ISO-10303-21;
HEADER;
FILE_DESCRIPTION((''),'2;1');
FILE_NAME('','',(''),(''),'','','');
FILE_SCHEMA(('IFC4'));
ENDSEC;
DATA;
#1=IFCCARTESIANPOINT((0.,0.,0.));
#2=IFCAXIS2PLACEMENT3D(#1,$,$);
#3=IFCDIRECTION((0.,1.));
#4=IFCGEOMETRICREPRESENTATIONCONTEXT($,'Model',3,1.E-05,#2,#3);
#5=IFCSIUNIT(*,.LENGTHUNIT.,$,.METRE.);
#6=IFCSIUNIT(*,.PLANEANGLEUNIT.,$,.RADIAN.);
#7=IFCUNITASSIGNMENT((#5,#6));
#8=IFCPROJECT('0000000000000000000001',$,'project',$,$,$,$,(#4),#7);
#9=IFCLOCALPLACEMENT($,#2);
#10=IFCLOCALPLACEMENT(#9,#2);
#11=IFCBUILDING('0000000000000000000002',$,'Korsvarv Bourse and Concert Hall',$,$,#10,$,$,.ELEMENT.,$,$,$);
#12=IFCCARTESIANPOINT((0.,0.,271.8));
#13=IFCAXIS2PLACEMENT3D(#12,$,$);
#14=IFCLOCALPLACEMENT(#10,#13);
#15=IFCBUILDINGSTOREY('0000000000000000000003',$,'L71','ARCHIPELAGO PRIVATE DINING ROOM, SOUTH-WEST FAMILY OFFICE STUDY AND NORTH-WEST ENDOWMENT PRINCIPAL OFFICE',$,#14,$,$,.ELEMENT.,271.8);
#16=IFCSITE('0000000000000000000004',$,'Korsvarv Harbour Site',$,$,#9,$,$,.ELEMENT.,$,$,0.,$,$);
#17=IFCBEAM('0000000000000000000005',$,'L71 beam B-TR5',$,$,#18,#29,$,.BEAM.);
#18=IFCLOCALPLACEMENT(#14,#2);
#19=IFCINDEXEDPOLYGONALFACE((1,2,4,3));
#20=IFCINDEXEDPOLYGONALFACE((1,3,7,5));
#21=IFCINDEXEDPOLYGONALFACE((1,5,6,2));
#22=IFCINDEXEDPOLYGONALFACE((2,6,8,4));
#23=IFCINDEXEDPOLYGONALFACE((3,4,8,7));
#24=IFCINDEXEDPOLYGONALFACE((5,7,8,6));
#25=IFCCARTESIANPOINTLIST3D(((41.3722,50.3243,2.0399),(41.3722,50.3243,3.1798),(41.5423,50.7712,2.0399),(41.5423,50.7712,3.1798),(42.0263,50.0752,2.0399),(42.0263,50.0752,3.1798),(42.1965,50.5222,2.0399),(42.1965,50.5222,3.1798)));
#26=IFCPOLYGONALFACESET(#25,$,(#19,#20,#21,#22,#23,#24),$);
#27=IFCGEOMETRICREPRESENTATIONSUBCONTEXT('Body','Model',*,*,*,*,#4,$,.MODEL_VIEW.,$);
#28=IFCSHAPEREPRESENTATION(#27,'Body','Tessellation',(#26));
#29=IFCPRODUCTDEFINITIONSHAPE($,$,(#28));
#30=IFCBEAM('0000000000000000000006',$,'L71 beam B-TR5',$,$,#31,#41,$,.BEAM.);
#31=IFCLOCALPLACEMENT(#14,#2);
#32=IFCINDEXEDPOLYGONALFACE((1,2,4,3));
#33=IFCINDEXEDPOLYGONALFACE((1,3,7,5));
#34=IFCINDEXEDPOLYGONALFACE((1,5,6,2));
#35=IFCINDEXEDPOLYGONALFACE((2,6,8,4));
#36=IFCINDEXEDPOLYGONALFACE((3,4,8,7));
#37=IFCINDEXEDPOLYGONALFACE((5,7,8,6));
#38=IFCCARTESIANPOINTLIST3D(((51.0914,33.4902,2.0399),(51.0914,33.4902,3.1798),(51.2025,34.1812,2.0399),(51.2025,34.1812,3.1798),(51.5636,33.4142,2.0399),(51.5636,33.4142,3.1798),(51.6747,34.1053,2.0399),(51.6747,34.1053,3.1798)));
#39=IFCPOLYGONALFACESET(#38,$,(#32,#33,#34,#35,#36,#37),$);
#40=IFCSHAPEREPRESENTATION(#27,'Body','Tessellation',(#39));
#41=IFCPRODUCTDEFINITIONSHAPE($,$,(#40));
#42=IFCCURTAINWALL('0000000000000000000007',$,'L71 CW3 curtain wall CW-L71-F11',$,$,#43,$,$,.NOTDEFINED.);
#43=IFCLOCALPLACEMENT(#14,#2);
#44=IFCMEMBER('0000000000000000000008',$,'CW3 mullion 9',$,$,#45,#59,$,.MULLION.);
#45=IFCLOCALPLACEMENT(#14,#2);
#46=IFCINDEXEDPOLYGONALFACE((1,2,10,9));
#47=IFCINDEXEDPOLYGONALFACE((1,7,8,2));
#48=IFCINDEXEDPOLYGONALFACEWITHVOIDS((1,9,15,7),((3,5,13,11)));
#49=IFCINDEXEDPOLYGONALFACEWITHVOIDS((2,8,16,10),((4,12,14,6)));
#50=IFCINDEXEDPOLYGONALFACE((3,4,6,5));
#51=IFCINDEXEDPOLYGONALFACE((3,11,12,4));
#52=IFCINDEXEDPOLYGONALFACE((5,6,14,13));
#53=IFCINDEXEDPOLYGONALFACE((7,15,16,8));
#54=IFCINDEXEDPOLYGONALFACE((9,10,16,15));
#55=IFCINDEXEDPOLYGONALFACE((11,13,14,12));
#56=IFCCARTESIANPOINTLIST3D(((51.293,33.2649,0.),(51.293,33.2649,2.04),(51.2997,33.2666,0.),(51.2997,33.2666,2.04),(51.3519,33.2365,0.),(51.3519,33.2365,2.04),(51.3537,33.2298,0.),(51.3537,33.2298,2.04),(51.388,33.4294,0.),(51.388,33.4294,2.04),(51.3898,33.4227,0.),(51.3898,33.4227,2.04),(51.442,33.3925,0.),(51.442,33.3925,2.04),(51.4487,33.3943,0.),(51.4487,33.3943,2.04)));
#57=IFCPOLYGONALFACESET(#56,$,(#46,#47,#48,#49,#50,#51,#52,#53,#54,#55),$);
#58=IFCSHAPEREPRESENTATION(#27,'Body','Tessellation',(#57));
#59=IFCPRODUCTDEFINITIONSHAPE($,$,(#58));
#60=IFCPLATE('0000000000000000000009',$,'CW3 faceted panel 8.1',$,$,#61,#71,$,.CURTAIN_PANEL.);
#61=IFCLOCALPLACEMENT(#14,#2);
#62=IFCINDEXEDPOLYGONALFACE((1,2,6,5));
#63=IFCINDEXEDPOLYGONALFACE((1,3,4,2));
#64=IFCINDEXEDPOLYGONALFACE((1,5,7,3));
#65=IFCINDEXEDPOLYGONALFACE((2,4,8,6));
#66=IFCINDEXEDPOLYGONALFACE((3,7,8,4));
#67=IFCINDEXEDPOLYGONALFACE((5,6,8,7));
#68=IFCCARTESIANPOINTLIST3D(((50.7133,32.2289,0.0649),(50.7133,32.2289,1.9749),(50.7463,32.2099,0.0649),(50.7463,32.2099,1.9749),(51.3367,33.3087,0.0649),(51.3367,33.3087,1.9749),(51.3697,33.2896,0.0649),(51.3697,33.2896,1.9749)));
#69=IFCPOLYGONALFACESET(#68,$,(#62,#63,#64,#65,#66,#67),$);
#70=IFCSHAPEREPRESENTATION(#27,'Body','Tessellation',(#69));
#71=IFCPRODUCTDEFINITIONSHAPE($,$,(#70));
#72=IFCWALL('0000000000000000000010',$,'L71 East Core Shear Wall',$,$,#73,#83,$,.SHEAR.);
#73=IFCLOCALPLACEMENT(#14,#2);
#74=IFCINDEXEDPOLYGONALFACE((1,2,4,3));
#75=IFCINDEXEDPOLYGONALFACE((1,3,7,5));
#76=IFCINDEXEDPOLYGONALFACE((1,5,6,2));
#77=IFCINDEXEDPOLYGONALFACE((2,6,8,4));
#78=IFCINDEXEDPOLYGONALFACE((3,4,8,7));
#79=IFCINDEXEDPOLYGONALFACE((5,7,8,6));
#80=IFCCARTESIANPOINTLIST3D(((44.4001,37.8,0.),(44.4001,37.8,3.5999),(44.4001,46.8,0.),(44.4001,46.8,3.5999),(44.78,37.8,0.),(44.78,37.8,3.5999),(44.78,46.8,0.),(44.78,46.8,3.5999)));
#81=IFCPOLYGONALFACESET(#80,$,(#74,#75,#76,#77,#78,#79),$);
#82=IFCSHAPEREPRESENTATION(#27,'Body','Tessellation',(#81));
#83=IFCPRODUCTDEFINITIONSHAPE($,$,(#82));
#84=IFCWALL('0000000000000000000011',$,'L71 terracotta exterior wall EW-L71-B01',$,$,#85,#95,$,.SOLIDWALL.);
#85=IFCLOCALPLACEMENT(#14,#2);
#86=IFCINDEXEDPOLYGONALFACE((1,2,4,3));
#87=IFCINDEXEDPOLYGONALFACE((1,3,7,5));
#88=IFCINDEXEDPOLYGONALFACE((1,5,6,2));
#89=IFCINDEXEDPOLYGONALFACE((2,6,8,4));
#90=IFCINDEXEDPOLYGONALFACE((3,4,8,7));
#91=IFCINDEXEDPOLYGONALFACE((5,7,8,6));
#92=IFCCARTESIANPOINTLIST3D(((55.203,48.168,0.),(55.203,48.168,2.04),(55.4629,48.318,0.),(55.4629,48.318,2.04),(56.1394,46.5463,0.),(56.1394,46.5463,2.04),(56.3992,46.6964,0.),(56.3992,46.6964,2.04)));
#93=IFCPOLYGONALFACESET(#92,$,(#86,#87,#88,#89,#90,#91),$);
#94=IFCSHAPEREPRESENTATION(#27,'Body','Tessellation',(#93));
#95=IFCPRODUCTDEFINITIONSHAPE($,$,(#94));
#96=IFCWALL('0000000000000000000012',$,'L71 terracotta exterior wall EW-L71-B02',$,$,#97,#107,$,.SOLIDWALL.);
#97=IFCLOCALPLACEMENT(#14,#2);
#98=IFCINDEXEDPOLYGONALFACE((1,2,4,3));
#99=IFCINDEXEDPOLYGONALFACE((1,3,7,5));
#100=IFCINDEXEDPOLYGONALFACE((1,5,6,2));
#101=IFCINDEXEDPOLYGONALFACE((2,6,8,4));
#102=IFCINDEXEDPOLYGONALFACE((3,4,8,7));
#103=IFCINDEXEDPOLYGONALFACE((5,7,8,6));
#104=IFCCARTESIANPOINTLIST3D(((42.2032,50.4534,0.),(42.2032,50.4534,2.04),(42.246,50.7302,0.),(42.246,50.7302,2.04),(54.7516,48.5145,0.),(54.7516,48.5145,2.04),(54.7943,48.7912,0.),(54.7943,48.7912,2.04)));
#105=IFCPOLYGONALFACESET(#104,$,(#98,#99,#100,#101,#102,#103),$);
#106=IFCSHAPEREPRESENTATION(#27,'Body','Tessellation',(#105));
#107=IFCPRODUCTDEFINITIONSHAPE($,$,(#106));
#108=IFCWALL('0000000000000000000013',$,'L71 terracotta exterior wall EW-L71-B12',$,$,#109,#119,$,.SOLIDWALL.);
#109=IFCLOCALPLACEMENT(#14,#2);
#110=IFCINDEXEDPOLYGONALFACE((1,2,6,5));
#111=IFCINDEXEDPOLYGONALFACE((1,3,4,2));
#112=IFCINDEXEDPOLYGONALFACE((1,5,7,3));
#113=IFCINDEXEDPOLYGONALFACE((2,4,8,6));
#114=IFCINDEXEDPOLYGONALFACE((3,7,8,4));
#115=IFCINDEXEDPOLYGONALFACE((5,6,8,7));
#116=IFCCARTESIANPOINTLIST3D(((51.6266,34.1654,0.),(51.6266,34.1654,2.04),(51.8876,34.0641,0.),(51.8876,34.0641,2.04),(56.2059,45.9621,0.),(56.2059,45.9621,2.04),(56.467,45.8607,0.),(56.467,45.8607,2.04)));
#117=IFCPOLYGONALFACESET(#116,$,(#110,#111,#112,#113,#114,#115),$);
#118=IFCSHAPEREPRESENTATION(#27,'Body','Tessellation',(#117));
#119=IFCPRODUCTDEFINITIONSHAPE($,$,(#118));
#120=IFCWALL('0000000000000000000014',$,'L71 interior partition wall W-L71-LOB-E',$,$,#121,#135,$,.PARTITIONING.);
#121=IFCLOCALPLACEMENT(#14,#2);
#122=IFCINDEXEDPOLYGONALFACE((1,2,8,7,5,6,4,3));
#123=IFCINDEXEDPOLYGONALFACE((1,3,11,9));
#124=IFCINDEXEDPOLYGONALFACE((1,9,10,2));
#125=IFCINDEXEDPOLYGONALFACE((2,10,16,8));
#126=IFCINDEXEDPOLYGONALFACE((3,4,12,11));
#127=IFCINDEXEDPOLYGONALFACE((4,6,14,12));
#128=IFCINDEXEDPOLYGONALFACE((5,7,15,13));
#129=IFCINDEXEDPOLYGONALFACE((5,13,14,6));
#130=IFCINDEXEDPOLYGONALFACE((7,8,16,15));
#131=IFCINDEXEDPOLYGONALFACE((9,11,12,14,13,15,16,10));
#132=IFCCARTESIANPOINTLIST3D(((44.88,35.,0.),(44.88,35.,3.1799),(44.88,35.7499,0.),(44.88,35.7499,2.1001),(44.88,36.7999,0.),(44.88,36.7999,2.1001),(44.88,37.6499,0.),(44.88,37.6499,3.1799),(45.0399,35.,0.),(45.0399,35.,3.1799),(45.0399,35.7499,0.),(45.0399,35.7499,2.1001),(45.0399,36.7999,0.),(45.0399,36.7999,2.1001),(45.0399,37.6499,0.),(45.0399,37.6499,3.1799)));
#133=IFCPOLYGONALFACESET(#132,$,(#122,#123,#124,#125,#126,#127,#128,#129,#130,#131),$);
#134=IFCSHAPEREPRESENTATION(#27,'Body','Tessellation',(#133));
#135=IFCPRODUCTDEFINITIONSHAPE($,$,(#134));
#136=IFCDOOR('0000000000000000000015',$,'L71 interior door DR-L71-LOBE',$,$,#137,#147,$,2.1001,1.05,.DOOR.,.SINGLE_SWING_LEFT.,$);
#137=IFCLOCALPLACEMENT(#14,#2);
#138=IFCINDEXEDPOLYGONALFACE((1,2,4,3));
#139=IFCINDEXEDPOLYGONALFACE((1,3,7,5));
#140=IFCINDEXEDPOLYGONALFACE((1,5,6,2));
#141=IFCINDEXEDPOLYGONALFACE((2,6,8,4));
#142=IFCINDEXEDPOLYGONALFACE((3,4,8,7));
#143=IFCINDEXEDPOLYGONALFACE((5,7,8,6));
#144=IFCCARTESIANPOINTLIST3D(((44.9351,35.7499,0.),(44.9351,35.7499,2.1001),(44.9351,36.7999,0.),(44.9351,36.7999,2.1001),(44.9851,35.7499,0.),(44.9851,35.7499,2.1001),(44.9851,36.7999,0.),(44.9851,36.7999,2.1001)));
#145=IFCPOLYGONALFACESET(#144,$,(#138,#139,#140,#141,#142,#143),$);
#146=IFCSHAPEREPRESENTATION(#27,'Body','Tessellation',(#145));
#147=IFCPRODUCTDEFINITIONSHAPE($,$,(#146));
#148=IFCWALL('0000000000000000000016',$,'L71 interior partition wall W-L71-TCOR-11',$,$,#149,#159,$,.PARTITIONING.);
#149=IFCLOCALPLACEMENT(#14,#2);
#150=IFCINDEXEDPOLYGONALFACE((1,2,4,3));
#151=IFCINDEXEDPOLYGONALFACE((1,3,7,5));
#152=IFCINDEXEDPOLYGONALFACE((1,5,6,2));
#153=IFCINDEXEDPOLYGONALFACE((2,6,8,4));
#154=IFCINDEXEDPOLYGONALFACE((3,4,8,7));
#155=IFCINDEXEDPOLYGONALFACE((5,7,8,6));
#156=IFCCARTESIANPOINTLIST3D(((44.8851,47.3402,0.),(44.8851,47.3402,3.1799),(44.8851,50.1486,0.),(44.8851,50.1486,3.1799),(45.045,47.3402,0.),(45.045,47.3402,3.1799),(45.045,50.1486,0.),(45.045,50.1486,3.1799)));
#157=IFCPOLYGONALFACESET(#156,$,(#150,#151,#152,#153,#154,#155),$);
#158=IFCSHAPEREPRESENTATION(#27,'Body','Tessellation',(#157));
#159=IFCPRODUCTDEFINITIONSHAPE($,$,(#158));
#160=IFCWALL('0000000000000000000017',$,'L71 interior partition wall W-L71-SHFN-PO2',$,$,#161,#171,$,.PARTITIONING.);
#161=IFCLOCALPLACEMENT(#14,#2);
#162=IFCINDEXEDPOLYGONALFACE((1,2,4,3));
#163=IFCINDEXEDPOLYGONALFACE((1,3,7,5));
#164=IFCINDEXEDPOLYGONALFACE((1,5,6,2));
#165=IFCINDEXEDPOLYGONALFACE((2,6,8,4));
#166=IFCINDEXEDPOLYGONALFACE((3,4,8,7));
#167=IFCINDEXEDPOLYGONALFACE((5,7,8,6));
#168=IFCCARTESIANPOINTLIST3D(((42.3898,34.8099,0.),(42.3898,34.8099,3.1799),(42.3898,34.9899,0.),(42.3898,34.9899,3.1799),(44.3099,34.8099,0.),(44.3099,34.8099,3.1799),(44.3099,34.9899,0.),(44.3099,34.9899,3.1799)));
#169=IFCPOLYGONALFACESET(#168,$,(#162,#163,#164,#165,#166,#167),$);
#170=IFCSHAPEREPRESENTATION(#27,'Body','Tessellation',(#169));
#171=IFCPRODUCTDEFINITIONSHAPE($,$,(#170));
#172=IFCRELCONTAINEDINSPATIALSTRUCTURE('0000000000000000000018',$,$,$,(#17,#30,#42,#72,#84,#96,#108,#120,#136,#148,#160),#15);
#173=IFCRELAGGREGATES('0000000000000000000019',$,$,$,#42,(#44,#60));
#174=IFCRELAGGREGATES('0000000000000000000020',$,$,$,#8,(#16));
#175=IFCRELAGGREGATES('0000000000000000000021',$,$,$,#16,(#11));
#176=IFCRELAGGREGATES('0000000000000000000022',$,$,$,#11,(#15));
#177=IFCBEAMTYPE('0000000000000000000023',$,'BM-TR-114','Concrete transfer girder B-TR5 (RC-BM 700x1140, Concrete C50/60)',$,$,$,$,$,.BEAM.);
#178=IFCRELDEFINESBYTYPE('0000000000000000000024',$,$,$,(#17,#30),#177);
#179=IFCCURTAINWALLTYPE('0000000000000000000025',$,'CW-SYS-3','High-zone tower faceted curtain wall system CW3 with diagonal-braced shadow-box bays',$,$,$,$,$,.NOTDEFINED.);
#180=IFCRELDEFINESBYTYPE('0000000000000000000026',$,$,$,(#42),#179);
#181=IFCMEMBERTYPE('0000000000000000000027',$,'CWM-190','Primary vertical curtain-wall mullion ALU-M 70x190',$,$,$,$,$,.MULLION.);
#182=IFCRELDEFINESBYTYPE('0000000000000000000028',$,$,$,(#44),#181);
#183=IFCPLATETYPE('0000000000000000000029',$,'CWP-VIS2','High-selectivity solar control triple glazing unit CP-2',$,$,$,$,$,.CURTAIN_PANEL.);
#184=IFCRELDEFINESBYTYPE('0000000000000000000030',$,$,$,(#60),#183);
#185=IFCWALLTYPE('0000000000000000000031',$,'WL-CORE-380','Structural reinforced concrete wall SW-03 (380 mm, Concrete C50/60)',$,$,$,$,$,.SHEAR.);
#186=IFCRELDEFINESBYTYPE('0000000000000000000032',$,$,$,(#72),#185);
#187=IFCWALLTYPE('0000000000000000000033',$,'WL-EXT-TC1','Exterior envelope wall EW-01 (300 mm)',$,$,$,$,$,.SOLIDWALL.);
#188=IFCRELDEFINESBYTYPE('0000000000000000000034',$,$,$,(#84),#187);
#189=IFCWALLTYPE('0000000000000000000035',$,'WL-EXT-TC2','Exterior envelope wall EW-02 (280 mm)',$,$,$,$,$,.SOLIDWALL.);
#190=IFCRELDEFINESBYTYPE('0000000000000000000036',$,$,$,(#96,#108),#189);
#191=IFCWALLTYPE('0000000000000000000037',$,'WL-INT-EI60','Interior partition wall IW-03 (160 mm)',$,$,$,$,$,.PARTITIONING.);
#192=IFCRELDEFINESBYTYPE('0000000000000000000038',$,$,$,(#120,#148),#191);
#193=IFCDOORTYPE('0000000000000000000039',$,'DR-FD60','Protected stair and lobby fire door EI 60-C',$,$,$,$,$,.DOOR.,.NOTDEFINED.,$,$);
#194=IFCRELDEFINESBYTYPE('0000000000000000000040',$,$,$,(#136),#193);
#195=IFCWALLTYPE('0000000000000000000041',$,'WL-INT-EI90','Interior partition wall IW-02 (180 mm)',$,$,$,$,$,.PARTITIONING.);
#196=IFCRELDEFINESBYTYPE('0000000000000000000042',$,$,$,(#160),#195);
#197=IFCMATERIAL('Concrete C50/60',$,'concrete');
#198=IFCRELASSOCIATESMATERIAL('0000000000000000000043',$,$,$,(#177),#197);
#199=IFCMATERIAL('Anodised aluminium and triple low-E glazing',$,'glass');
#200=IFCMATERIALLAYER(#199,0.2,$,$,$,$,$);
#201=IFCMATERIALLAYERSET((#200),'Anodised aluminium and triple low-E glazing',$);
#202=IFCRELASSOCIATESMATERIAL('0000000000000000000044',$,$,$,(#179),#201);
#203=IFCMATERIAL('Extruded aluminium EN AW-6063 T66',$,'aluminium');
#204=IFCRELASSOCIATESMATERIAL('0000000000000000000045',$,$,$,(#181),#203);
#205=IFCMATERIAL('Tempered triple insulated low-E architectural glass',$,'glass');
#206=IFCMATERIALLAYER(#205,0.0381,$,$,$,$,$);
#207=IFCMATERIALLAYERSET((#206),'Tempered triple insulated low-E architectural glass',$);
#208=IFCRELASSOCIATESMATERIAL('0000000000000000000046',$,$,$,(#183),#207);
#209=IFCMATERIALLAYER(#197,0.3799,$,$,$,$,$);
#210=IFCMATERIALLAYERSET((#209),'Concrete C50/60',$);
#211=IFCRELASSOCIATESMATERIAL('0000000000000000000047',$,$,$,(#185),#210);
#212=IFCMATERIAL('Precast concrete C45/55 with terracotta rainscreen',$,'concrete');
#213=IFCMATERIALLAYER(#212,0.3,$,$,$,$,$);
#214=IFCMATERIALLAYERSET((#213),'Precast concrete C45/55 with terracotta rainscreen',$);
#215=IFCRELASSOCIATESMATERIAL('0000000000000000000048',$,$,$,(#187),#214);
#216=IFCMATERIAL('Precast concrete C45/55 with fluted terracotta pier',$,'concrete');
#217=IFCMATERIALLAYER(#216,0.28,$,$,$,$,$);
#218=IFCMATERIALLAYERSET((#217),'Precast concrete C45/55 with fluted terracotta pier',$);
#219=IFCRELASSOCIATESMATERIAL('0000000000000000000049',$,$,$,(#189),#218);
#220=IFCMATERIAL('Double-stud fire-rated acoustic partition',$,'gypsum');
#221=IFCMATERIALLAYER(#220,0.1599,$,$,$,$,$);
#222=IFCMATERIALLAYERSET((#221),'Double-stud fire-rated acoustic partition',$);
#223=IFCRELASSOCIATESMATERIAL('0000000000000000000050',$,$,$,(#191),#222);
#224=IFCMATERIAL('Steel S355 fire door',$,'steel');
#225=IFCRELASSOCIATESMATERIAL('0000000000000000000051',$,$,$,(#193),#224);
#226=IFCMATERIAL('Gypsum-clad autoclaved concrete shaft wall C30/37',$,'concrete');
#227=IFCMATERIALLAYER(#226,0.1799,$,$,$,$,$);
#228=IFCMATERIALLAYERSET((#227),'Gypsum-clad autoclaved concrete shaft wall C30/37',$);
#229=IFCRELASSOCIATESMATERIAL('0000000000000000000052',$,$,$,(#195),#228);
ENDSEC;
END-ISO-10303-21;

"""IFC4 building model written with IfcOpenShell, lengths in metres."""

from ifc_helpers import new_model, si_unit, direction, frame, frame_2d, origin, origin_2d, place, context, subcontext, project, spatial, rectangle, hollow_rectangle, extrude, source, transform, mapped, material, layer, layer_set, material_profile, profile_set, type_object, element, fill, aggregate, save


model = new_model("IFC4")

# Units and contexts
model_context = context("Model", 3, precision=1e-05, world=origin(), true_north=direction((0.0, 1.0)))
body_context = subcontext(model_context, "Body", "Model", "MODEL_VIEW")
ifc_project = project(units=[si_unit("LENGTHUNIT", "METRE"), si_unit("PLANEANGLEUNIT", "RADIAN")], contexts=[model_context])

# Site, building, storey
site_placement = place(None, origin())
site = spatial("IfcSite", under=ifc_project, at=site_placement, Name="Korsvarv Harbour Site", CompositionType="ELEMENT", RefElevation=0.0)
building_placement = place(site_placement, origin())
building = spatial("IfcBuilding", under=site, at=building_placement, Name="Korsvarv Bourse and Concert Hall", CompositionType="ELEMENT")
storey_placement = place(building_placement, frame((0.0, 0.0, 271.8)))
storey = spatial("IfcBuildingStorey", under=building, at=storey_placement, Name="L71", Description="ARCHIPELAGO PRIVATE DINING ROOM, SOUTH-WEST FAMILY OFFICE STUDY AND NORTH-WEST ENDOWMENT PRINCIPAL OFFICE", CompositionType="ELEMENT", Elevation=271.8)

# Shared definitions
ifc_material_1 = material(Name="Concrete C50/60", Category="concrete")

# Beams
ifc_material_profile_1 = material_profile(ifc_material_1, rectangle(XDim=0.7, YDim=1.1399, at=origin_2d()), Name="RC-BM 700x1140")
ifc_profile_set_1 = profile_set([ifc_material_profile_1], Name="Concrete C50/60")
beam_type = type_object("IfcBeamType", Name="BM-TR-114", Description="Concrete transfer girder B-TR5 (RC-BM 700x1140, Concrete C50/60)", PredefinedType="BEAM", material=ifc_profile_set_1)
shared_shape_1 = source(origin(), body_context, "Body", "SweptSolid", [
    extrude(rectangle(XDim=0.7, YDim=1.1399, at=origin_2d()), origin(), (0.0, 0.0, 1.0), 0.4783),
])
for number, where, z_axis, x_axis, name in (
    (1, (41.8694, 50.6467, 2.6099), (-0.355762, -0.934577, 0.0), (0.934577, -0.355762, 0.0), "L71 beam B-TR5"),
    (2, (51.6191, 33.7598, 2.6099), (-0.987316, 0.158767, 0.0), (-0.158767, -0.987316, 0.0), "L71 beam B-TR5"),
):
    element("IfcBeam", number, at=place(storey_placement, frame(where, z_axis=z_axis, x_axis=x_axis)), inside=storey, type_object=beam_type, Name=name, PredefinedType="BEAM", context=body_context, shape_type="MappedRepresentation", body=[
        mapped(shared_shape_1, transform((0.0, 0.0, 0.0), scale=1.0)),
    ])

# Curtain wall, member, plate
ifc_material_2 = material(Name="Anodised aluminium and triple low-E glazing", Category="glass")
ifc_layer_1 = layer(ifc_material_2, 0.2)
ifc_layer_set_1 = layer_set([ifc_layer_1], Name="Anodised aluminium and triple low-E glazing")
curtain_wall_type = type_object("IfcCurtainWallType", Name="CW-SYS-3", Description="High-zone tower faceted curtain wall system CW3 with diagonal-braced shadow-box bays", PredefinedType="NOTDEFINED", material=ifc_layer_set_1)
curtain_wall_placement = place(storey_placement, origin())
curtain_wall = element("IfcCurtainWall", 3, at=curtain_wall_placement, inside=storey, type_object=curtain_wall_type, Name="L71 CW3 curtain wall CW-L71-F11", PredefinedType="NOTDEFINED")
ifc_material_3 = material(Name="Extruded aluminium EN AW-6063 T66", Category="aluminium")
ifc_material_profile_2 = material_profile(ifc_material_3, hollow_rectangle(XDim=0.0701, YDim=0.1899, WallThickness=0.0049, at=origin_2d()), Name="ALU-M 70x190")
ifc_profile_set_2 = profile_set([ifc_material_profile_2], Name="Extruded aluminium EN AW-6063 T66")
member_type = type_object("IfcMemberType", Name="CWM-190", Description="Primary vertical curtain-wall mullion ALU-M 70x190", PredefinedType="MULLION", material=ifc_profile_set_2)
shared_shape_2 = source(origin(), body_context, "Body", "SweptSolid", [
    extrude(hollow_rectangle(XDim=0.0701, YDim=0.1899, WallThickness=0.0049, at=origin_2d()), origin(), (0.0, 0.0, 1.0), 2.04),
])
member_placement = place(storey_placement, frame((51.3708, 33.3296, 0.0), z_axis=(0.0, 0.0, 1.0), x_axis=(-0.866023, 0.500004, 0.0)))
member = element("IfcMember", 4, at=member_placement, type_object=member_type, Name="CW3 mullion 9", PredefinedType="MULLION", context=body_context, shape_type="MappedRepresentation", body=[
    mapped(shared_shape_2, transform((0.0, 0.0, 0.0), scale=1.0)),
])
ifc_material_4 = material(Name="Tempered triple insulated low-E architectural glass", Category="glass")
ifc_layer_2 = layer(ifc_material_4, 0.0381)
ifc_layer_set_2 = layer_set([ifc_layer_2], Name="Tempered triple insulated low-E architectural glass")
plate_type = type_object("IfcPlateType", Name="CWP-VIS2", Description="High-selectivity solar control triple glazing unit CP-2", PredefinedType="CURTAIN_PANEL", material=ifc_layer_set_2)
shared_shape_3 = source(origin(), body_context, "Body", "SweptSolid", [
    extrude(rectangle(XDim=1.2468, YDim=0.0381, at=origin_2d()), origin(), (0.0, 0.0, 1.0), 1.9099),
])
plate_placement = place(storey_placement, frame((51.0415, 32.7593, 0.0649), z_axis=(0.0, 0.0, 1.0), x_axis=(0.500004, 0.866023, 0.0)))
plate = element("IfcPlate", 5, at=plate_placement, type_object=plate_type, Name="CW3 faceted panel 8.1", PredefinedType="CURTAIN_PANEL", context=body_context, shape_type="MappedRepresentation", body=[
    mapped(shared_shape_3, transform((0.0, 0.0, 0.0), scale=1.0)),
])
aggregate(curtain_wall, [member, plate])

# Walls
ifc_layer_3 = layer(ifc_material_1, 0.3799)
ifc_layer_set_3 = layer_set([ifc_layer_3], Name="Concrete C50/60")
wall_type_1 = type_object("IfcWallType", Name="WL-CORE-380", Description="Structural reinforced concrete wall SW-03 (380 mm, Concrete C50/60)", PredefinedType="SHEAR", material=ifc_layer_set_3)
wall_1_placement = place(storey_placement, frame((44.5901, 37.8, 0.0), z_axis=(0.0, 0.0, 1.0), x_axis=(0.0, 1.0, 0.0)))
element("IfcWall", 6, at=wall_1_placement, inside=storey, type_object=wall_type_1, Name="L71 East Core Shear Wall", PredefinedType="SHEAR", context=body_context, shape_type="SweptSolid", body=[
    extrude(rectangle(XDim=9.0, YDim=0.3799, at=frame_2d((4.5, 0.0))), origin(), (0.0, 0.0, 1.0), 3.5999),
])
ifc_material_5 = material(Name="Precast concrete C45/55 with terracotta rainscreen", Category="concrete")
ifc_layer_4 = layer(ifc_material_5, 0.3)
ifc_layer_set_4 = layer_set([ifc_layer_4], Name="Precast concrete C45/55 with terracotta rainscreen")
wall_type_2 = type_object("IfcWallType", Name="WL-EXT-TC1", Description="Exterior envelope wall EW-01 (300 mm)", PredefinedType="SOLIDWALL", material=ifc_layer_set_4)
wall_2_placement = place(storey_placement, frame((56.2693, 46.6213, 0.0), z_axis=(0.0, 0.0, 1.0), x_axis=(-0.500023, 0.866012, 0.0)))
element("IfcWall", 7, at=wall_2_placement, inside=storey, type_object=wall_type_2, Name="L71 terracotta exterior wall EW-L71-B01", PredefinedType="SOLIDWALL", context=body_context, shape_type="SweptSolid", body=[
    extrude(rectangle(XDim=1.8726, YDim=0.3, at=frame_2d((0.9363, 0.0))), origin(), (0.0, 0.0, 1.0), 2.04),
])
ifc_material_6 = material(Name="Precast concrete C45/55 with fluted terracotta pier", Category="concrete")
ifc_layer_5 = layer(ifc_material_6, 0.28)
ifc_layer_set_5 = layer_set([ifc_layer_5], Name="Precast concrete C45/55 with fluted terracotta pier")
wall_type_3 = type_object("IfcWallType", Name="WL-EXT-TC2", Description="Exterior envelope wall EW-02 (280 mm)", PredefinedType="SOLIDWALL", material=ifc_layer_set_5)
wall_3_placement = place(storey_placement, frame((54.7729, 48.6528, 0.0), z_axis=(0.0, 0.0, 1.0), x_axis=(-0.988271, 0.152707, 0.0)))
element("IfcWall", 8, at=wall_3_placement, inside=storey, type_object=wall_type_3, Name="L71 terracotta exterior wall EW-L71-B02", PredefinedType="SOLIDWALL", context=body_context, shape_type="SweptSolid", body=[
    extrude(rectangle(XDim=12.6973, YDim=0.28, at=frame_2d((6.3486, 0.0))), origin(), (0.0, 0.0, 1.0), 2.04),
])
wall_4_placement = place(storey_placement, frame((51.7571, 34.1147, 0.0), z_axis=(0.0, 0.0, 1.0), x_axis=(0.361881, 0.932224, 0.0)))
element("IfcWall", 9, at=wall_4_placement, inside=storey, type_object=wall_type_3, Name="L71 terracotta exterior wall EW-L71-B12", PredefinedType="SOLIDWALL", context=body_context, shape_type="SweptSolid", body=[
    extrude(rectangle(XDim=12.6543, YDim=0.28, at=frame_2d((6.3271, 0.0))), origin(), (0.0, 0.0, 1.0), 2.04),
])

# Wall, opening, door
ifc_material_7 = material(Name="Double-stud fire-rated acoustic partition", Category="gypsum")
ifc_layer_6 = layer(ifc_material_7, 0.1599)
ifc_layer_set_6 = layer_set([ifc_layer_6], Name="Double-stud fire-rated acoustic partition")
wall_type_4 = type_object("IfcWallType", Name="WL-INT-EI60", Description="Interior partition wall IW-03 (160 mm)", PredefinedType="PARTITIONING", material=ifc_layer_set_6)
wall_5_placement = place(storey_placement, frame((44.96, 35.0, 0.0), z_axis=(0.0, 0.0, 1.0), x_axis=(0.0, 1.0, 0.0)))
wall_5 = element("IfcWall", 10, at=wall_5_placement, inside=storey, type_object=wall_type_4, Name="L71 interior partition wall W-L71-LOB-E", PredefinedType="PARTITIONING", context=body_context, shape_type="SweptSolid", body=[
    extrude(rectangle(XDim=2.6499, YDim=0.1599, at=frame_2d((1.325, 0.0))), origin(), (0.0, 0.0, 1.0), 3.1799),
])
opening_placement = place(wall_5_placement, frame((0.75, 0.0, 0.0)))
opening = element("IfcOpeningElement", 11, at=opening_placement, cuts=wall_5, PredefinedType="OPENING", context=body_context, shape_type="SweptSolid", body=[
    extrude(rectangle(XDim=1.05, YDim=2.1001, at=frame_2d((0.5249, 1.05))), frame((0.0, 0.0898, 0.0), z_axis=(0.0, -1.0, 0.0), x_axis=(1.0, 0.0, 0.0)), (0.0, 0.0, 1.0), 0.1799),
])
ifc_material_8 = material(Name="Steel S355 fire door", Category="steel")
door_type = type_object("IfcDoorType", Name="DR-FD60", Description="Protected stair and lobby fire door EI 60-C", OperationType="NOTDEFINED", PredefinedType="DOOR", material=ifc_material_8)
door_placement = place(opening_placement, origin())
door = element("IfcDoor", 12, at=door_placement, inside=storey, type_object=door_type, Name="L71 interior door DR-L71-LOBE", OperationType="SINGLE_SWING_LEFT", OverallHeight=2.1001, OverallWidth=1.05, PredefinedType="DOOR", context=body_context, shape_type="SweptSolid", body=[
    extrude(rectangle(XDim=1.05, YDim=2.1001, at=frame_2d((0.5249, 1.05))), frame((0.0, 0.0249, 0.0), z_axis=(0.0, -1.0, 0.0), x_axis=(1.0, 0.0, 0.0)), (0.0, 0.0, 1.0), 0.05),
])
fill(opening, door)

# Walls
wall_6_placement = place(storey_placement, frame((44.9651, 47.3401, 0.0), z_axis=(0.0, 0.0, 1.0), x_axis=(0.0, 1.0, 0.0)))
element("IfcWall", 13, at=wall_6_placement, inside=storey, type_object=wall_type_4, Name="L71 interior partition wall W-L71-TCOR-11", PredefinedType="PARTITIONING", context=body_context, shape_type="SweptSolid", body=[
    extrude(rectangle(XDim=2.8083, YDim=0.1599, at=frame_2d((1.4043, 0.0))), origin(), (0.0, 0.0, 1.0), 3.1799),
])
ifc_material_9 = material(Name="Gypsum-clad autoclaved concrete shaft wall C30/37", Category="concrete")
ifc_layer_7 = layer(ifc_material_9, 0.1799)
ifc_layer_set_7 = layer_set([ifc_layer_7], Name="Gypsum-clad autoclaved concrete shaft wall C30/37")
wall_type_5 = type_object("IfcWallType", Name="WL-INT-EI90", Description="Interior partition wall IW-02 (180 mm)", PredefinedType="PARTITIONING", material=ifc_layer_set_7)
wall_7_placement = place(storey_placement, frame((42.3899, 34.8999, 0.0), z_axis=(0.0, 0.0, 1.0), x_axis=(1.0, 0.0, 0.0)))
element("IfcWall", 14, at=wall_7_placement, inside=storey, type_object=wall_type_5, Name="L71 interior partition wall W-L71-SHFN-PO2", PredefinedType="PARTITIONING", context=body_context, shape_type="SweptSolid", body=[
    extrude(rectangle(XDim=1.9202, YDim=0.1799, at=frame_2d((0.96, 0.0))), origin(), (0.0, 0.0, 1.0), 3.1799),
])

save(model, "model.ifc")
